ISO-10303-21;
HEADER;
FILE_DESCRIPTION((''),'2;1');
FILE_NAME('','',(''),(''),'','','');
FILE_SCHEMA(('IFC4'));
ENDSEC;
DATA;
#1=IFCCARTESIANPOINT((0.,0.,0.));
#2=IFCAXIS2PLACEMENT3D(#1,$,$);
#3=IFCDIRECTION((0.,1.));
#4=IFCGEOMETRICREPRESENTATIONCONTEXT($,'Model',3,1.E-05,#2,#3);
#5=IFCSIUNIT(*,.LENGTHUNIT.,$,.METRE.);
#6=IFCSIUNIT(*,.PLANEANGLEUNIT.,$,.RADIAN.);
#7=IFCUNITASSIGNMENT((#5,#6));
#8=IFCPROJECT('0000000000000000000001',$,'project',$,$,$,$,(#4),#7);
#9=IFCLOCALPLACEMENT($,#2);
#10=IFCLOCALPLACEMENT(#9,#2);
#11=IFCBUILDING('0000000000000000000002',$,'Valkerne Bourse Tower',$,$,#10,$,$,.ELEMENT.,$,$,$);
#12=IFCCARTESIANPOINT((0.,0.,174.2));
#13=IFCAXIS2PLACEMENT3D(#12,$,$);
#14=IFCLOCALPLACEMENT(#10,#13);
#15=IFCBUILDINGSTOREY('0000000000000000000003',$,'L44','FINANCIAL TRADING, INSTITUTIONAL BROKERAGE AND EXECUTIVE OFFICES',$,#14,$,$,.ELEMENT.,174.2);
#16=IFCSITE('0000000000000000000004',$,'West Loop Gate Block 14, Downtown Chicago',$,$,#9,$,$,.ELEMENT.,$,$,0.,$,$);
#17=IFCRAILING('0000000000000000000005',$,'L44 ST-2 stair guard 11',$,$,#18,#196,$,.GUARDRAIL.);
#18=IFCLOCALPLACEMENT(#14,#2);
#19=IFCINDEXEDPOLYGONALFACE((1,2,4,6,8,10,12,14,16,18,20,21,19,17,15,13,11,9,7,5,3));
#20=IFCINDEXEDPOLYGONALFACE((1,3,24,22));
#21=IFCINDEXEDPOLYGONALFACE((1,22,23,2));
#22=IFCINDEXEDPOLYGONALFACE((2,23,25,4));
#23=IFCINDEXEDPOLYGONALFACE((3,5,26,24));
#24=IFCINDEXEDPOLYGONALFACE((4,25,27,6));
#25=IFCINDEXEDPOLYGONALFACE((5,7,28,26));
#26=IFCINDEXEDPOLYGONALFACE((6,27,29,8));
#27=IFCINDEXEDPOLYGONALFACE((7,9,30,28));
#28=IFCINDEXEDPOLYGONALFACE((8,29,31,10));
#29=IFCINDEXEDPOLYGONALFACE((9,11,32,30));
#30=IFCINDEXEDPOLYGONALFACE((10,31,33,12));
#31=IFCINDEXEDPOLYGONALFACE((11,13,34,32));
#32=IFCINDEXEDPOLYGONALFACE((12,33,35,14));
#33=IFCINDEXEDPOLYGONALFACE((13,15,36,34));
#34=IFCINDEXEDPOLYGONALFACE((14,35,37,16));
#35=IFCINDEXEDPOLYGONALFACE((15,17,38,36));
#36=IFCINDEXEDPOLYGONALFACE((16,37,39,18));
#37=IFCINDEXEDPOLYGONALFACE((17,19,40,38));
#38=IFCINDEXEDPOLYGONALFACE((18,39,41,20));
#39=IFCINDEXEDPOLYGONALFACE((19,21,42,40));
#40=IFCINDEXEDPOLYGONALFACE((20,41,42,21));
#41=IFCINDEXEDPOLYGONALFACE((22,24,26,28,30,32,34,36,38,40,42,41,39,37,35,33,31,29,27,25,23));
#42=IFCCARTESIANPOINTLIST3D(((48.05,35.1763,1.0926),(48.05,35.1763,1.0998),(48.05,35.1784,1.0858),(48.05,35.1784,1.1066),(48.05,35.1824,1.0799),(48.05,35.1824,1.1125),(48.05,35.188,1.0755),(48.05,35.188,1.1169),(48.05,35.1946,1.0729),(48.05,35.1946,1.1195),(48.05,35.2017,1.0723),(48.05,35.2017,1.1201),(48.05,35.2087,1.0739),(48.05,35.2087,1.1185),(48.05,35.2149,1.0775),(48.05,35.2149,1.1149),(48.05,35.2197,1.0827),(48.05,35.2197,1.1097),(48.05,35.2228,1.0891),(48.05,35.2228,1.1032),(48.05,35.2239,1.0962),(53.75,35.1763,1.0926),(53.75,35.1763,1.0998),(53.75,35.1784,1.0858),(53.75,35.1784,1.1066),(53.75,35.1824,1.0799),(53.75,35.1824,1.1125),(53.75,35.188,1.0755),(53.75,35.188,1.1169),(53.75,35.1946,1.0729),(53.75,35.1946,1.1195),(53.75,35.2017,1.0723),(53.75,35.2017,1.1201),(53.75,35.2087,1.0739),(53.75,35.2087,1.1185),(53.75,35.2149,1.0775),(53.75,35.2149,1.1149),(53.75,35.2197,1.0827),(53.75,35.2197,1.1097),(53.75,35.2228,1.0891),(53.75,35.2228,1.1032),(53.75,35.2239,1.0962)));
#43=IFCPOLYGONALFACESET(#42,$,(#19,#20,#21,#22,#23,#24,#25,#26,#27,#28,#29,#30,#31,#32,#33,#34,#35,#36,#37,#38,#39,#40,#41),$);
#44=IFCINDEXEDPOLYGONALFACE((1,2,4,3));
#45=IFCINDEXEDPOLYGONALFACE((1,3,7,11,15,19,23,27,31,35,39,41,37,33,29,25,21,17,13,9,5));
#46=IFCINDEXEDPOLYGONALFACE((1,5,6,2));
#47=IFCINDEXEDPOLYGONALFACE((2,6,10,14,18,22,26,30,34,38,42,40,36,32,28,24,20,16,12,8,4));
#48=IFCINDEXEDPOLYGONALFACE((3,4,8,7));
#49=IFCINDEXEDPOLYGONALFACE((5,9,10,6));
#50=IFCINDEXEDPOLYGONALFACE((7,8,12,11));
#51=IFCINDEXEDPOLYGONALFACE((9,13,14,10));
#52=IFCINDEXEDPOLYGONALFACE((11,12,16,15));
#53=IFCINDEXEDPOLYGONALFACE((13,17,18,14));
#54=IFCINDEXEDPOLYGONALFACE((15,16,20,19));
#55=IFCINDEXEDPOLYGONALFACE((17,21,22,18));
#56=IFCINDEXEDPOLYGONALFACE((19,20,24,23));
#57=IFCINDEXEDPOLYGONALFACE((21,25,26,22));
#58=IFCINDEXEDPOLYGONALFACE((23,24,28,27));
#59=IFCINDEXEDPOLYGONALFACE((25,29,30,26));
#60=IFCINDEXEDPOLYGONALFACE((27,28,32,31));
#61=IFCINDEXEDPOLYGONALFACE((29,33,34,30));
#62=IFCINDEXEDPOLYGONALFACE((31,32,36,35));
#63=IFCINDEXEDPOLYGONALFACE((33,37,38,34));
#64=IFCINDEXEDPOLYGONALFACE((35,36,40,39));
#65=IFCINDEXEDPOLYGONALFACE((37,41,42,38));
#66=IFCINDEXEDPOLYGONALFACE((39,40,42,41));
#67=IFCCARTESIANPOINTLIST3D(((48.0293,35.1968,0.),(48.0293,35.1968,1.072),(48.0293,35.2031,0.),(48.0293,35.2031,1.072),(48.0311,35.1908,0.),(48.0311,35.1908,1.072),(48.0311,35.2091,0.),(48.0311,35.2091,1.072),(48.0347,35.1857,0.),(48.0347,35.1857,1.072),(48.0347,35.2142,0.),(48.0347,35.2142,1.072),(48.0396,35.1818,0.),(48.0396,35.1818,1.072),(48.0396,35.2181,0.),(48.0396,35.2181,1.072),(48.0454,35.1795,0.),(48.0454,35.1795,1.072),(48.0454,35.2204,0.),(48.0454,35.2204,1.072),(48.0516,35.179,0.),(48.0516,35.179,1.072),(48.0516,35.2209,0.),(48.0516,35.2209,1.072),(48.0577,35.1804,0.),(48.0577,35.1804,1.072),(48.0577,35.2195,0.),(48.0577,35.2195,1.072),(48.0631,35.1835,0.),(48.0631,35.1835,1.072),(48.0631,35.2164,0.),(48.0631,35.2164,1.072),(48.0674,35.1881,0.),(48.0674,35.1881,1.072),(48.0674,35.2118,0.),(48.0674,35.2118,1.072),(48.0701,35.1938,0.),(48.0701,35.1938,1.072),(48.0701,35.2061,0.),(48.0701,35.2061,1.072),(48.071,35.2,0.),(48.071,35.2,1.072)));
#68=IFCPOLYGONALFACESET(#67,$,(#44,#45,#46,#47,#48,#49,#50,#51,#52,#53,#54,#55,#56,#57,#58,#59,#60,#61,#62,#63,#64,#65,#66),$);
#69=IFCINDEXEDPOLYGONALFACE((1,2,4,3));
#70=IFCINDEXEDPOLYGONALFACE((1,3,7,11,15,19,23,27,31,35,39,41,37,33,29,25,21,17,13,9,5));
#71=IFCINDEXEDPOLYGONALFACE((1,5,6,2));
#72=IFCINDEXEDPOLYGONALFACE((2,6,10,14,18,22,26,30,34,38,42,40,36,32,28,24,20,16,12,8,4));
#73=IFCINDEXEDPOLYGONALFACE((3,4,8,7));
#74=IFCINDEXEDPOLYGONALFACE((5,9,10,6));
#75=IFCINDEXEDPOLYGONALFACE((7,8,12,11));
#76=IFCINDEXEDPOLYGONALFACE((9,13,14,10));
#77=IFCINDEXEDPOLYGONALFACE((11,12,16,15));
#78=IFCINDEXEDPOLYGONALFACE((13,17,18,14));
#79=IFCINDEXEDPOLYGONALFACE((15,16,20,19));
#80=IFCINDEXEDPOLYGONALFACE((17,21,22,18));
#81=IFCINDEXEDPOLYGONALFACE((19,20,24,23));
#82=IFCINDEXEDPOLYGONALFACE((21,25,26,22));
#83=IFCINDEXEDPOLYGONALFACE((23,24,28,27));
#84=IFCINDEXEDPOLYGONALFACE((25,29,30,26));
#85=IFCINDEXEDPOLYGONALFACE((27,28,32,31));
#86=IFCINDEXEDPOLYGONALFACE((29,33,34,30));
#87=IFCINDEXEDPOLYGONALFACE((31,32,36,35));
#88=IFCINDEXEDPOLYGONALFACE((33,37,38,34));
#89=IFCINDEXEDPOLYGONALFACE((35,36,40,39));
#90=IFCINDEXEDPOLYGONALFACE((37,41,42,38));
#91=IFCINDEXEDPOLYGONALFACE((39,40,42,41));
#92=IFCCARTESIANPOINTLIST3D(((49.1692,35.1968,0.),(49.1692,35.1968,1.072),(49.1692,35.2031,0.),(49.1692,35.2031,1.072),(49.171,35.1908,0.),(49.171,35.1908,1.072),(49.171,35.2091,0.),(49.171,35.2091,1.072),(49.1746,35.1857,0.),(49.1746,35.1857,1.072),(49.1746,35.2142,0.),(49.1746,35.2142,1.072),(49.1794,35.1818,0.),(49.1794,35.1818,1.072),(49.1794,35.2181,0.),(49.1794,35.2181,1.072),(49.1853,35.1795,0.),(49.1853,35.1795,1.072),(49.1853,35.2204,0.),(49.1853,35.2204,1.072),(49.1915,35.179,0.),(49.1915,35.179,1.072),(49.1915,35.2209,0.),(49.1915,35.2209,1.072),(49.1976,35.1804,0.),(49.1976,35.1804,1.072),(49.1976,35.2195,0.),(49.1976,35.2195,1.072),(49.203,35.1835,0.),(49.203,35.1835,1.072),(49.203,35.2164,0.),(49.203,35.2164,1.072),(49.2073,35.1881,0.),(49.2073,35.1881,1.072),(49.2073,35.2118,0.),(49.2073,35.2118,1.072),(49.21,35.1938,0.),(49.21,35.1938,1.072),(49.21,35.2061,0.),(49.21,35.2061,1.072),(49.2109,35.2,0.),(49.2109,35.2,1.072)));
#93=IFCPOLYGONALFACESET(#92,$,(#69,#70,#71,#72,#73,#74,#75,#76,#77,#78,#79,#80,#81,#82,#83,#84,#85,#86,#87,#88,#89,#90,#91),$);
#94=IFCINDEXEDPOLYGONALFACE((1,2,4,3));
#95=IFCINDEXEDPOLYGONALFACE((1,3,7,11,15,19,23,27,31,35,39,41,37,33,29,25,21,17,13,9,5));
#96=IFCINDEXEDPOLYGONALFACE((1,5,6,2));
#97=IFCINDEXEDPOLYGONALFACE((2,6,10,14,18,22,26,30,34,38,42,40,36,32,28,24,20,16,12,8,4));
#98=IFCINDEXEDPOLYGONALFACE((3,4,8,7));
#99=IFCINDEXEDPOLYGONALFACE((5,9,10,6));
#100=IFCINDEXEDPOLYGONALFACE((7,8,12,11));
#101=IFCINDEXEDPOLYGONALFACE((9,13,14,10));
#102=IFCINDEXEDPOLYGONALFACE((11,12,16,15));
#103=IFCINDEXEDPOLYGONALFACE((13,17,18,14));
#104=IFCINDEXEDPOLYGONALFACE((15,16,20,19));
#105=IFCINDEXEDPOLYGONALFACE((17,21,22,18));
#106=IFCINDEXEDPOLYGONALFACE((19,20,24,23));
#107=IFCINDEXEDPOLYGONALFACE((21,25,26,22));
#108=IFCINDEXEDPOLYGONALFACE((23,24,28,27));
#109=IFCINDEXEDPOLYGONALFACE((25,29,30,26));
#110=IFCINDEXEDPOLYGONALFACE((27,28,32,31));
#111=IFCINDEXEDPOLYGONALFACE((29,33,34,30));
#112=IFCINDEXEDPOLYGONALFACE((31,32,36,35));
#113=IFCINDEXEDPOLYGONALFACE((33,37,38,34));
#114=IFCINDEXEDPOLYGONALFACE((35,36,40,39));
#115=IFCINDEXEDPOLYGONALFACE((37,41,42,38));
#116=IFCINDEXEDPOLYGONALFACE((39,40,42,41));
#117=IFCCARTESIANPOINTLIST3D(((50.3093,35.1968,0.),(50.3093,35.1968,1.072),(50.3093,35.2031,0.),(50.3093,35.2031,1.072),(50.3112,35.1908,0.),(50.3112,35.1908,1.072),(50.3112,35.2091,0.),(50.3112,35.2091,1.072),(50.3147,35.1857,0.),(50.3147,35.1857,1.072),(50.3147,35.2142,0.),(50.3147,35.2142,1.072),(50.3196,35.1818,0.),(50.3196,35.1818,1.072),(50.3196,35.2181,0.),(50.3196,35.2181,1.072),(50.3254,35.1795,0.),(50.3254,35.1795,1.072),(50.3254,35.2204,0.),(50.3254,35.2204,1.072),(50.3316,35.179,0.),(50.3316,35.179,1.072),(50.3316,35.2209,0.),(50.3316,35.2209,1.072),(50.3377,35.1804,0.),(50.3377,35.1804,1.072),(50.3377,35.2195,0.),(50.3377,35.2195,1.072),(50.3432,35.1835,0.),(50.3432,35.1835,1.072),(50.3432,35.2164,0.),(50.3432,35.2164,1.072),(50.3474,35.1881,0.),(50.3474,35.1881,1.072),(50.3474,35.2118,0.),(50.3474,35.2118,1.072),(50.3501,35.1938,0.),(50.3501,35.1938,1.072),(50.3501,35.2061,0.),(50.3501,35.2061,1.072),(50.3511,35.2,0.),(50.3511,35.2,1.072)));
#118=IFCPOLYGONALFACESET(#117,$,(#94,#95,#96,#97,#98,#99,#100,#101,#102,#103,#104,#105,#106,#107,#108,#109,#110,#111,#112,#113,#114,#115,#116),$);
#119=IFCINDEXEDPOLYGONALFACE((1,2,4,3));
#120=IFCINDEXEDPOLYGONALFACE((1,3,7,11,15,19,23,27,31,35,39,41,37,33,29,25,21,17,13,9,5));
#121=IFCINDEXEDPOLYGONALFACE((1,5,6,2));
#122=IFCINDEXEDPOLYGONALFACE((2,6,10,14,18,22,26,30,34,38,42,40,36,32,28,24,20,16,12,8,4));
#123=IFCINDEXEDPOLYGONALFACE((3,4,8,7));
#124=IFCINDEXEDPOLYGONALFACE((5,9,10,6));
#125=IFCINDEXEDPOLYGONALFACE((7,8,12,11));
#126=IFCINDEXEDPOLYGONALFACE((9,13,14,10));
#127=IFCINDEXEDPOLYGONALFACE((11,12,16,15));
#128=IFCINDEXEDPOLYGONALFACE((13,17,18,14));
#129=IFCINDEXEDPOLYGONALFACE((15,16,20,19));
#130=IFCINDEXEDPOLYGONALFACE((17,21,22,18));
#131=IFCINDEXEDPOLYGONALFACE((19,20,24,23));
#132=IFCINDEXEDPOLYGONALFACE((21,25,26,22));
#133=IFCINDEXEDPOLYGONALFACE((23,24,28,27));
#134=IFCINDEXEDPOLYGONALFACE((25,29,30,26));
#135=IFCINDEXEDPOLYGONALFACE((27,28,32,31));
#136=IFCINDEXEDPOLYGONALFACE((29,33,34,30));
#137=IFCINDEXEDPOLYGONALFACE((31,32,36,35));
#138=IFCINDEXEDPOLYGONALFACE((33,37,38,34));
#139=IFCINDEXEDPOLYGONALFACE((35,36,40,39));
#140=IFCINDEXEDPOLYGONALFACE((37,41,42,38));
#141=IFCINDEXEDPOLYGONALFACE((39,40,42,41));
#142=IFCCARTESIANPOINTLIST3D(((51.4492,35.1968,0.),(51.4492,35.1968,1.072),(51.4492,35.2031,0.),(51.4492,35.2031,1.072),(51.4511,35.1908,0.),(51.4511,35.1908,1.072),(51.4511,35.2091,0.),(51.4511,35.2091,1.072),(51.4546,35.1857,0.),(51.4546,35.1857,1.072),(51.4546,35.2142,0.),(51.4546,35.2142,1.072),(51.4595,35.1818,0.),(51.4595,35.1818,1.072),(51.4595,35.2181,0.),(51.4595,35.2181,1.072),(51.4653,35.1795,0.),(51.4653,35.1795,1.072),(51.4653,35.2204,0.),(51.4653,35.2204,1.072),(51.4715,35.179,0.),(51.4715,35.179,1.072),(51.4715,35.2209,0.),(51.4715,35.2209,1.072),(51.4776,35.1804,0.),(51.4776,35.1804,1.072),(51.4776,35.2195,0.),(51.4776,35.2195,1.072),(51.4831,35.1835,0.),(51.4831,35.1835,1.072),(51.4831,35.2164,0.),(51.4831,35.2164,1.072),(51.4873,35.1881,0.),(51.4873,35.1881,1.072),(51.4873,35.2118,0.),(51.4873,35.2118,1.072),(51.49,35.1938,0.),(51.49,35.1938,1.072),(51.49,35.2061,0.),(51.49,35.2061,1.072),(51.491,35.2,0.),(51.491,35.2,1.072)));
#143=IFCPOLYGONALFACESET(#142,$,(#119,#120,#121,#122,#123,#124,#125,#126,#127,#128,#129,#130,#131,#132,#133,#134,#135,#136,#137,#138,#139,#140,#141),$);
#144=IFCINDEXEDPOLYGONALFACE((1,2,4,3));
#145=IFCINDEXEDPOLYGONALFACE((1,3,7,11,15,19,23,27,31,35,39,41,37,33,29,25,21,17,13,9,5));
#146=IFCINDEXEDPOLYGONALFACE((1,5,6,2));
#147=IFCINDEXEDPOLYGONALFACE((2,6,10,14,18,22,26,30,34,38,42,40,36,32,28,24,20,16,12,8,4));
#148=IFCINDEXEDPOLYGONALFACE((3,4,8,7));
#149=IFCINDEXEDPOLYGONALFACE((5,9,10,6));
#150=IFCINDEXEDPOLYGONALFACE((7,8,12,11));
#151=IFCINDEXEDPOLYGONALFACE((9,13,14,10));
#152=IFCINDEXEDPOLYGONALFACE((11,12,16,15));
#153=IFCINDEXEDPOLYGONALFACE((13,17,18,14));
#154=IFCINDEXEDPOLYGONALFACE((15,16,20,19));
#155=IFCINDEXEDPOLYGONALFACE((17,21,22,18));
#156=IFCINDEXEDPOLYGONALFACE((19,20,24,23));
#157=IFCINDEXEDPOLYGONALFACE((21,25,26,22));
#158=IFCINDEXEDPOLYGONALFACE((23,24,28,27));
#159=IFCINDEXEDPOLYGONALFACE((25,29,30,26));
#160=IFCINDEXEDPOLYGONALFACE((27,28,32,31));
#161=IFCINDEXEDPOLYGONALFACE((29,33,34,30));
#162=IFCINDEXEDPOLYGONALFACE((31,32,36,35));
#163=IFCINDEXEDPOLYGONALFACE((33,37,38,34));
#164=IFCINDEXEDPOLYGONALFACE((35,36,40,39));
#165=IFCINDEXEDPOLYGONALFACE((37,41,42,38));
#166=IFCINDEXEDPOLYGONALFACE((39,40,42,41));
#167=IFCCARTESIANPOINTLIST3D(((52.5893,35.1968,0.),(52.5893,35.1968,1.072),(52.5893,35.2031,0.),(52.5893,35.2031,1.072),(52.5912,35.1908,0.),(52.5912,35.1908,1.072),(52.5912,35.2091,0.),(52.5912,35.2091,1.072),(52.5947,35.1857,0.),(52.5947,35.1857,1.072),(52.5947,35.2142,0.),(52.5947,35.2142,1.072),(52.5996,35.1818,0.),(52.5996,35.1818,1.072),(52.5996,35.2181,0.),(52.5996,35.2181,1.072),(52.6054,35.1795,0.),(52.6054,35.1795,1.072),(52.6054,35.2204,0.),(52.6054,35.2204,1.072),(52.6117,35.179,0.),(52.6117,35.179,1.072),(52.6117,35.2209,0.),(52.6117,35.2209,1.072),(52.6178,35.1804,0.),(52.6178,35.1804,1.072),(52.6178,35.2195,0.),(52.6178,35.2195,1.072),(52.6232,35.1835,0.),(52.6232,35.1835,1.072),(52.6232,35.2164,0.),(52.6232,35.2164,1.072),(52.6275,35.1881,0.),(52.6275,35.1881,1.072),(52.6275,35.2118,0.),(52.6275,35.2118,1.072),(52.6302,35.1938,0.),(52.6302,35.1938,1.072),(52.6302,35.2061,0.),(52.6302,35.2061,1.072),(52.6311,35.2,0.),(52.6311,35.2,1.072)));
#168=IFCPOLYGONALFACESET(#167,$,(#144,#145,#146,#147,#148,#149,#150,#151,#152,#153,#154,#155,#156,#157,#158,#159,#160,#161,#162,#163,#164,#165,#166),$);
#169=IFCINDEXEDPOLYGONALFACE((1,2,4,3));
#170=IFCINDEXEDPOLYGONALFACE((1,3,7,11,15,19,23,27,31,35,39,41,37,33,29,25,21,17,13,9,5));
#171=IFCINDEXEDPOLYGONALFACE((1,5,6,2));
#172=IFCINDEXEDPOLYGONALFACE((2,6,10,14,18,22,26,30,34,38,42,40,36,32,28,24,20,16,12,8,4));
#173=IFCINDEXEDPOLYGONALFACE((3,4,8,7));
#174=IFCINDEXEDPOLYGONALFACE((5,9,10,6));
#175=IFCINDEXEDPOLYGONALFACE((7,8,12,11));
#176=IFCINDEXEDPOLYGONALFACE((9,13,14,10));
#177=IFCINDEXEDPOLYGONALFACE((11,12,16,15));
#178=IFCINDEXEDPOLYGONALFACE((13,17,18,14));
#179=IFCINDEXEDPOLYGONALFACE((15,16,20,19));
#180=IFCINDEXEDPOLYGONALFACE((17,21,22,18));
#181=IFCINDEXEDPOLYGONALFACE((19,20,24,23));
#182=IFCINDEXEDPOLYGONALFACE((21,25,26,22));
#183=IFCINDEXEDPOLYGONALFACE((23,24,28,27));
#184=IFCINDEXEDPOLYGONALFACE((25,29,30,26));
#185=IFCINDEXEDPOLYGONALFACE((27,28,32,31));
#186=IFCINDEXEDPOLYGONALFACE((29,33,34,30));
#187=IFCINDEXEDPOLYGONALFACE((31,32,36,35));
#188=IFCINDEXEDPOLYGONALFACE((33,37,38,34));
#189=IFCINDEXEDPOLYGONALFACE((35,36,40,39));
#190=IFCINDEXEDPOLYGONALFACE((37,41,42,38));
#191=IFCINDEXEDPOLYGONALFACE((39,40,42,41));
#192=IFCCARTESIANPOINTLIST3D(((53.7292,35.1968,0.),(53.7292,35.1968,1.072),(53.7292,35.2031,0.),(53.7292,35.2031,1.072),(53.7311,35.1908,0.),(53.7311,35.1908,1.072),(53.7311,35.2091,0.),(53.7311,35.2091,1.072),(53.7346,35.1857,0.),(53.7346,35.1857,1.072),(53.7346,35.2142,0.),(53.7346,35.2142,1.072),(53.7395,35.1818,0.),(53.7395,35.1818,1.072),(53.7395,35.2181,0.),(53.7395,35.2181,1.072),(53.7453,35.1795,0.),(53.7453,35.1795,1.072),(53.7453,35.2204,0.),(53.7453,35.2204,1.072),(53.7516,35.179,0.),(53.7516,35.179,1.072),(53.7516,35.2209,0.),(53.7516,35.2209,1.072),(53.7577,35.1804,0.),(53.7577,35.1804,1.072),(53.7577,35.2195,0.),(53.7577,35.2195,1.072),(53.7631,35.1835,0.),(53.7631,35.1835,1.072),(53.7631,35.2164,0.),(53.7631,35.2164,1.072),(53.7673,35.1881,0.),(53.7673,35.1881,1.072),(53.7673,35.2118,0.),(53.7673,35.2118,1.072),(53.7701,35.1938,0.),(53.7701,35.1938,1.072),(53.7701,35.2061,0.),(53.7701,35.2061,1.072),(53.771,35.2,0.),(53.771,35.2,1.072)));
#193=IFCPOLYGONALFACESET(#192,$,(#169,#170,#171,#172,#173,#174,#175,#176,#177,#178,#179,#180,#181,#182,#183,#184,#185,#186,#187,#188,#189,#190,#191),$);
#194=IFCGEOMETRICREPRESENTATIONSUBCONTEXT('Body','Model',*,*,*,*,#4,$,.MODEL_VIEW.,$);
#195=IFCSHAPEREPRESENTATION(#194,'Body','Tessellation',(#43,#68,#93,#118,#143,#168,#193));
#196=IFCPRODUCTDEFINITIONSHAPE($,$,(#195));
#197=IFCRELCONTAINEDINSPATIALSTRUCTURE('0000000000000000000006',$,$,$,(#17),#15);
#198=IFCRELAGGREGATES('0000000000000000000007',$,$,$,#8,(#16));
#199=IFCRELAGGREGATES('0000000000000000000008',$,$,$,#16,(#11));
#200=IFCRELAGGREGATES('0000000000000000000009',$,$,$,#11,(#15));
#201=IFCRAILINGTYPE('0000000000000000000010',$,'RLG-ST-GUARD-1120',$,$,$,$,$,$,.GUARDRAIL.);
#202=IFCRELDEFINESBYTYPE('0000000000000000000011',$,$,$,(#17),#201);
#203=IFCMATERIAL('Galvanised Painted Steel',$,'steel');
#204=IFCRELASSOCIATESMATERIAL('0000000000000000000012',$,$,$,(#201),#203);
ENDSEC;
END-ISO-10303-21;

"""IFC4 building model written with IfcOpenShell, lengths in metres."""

from ifc_helpers import new_model, si_unit, direction, frame, origin, origin_2d, place, context, subcontext, project, spatial, circle, extrude, material, type_object, element, save


model = new_model("IFC4")

# Units and contexts
model_context = context("Model", 3, precision=1e-05, world=origin(), true_north=direction((0.0, 1.0)))
body_context = subcontext(model_context, "Body", "Model", "MODEL_VIEW")
ifc_project = project(units=[si_unit("LENGTHUNIT", "METRE"), si_unit("PLANEANGLEUNIT", "RADIAN")], contexts=[model_context])

# Site, building, storey
site_placement = place(None, origin())
site = spatial("IfcSite", under=ifc_project, at=site_placement, Name="West Loop Gate Block 14, Downtown Chicago", CompositionType="ELEMENT", RefElevation=0.0)
building_placement = place(site_placement, origin())
building = spatial("IfcBuilding", under=site, at=building_placement, Name="Valkerne Bourse Tower", CompositionType="ELEMENT")
storey_placement = place(building_placement, frame((0.0, 0.0, 174.2)))
storey = spatial("IfcBuildingStorey", under=building, at=storey_placement, Name="L44", Description="FINANCIAL TRADING, INSTITUTIONAL BROKERAGE AND EXECUTIVE OFFICES", CompositionType="ELEMENT", Elevation=174.2)

# Shared definitions
ifc_material_1 = material(Name="Galvanised Painted Steel", Category="steel")

# Railing
railing_type_1 = type_object("IfcRailingType", Name="RLG-ST-GUARD-1120", PredefinedType="GUARDRAIL", material=ifc_material_1)
for number, where, name in (
    (1, (48.05, 35.2, 0.0), "L44 ST-2 stair guard 11"),
):
    element("IfcRailing", number, at=place(storey_placement, frame(where)), inside=storey, type_object=railing_type_1, Name=name, PredefinedType="GUARDRAIL", context=body_context, shape_type="SweptSolid", body=[
        extrude(circle(Radius=0.0239, at=origin_2d()), frame((0.0, 0.0, 1.0962), z_axis=(1.0, 0.0, 0.0), x_axis=(0.0, 1.0, 0.0)), (0.0, 0.0, 1.0), 5.7),
        extrude(circle(Radius=0.021, at=origin_2d()), origin(), (0.0, 0.0, 1.0), 1.072),
        extrude(circle(Radius=0.021, at=origin_2d()), frame((1.1399, 0.0, 0.0)), (0.0, 0.0, 1.0), 1.072),
        extrude(circle(Radius=0.021, at=origin_2d()), frame((2.28, 0.0, 0.0)), (0.0, 0.0, 1.0), 1.072),
        extrude(circle(Radius=0.021, at=origin_2d()), frame((3.4199, 0.0, 0.0)), (0.0, 0.0, 1.0), 1.072),
        extrude(circle(Radius=0.021, at=origin_2d()), frame((4.5601, 0.0, 0.0)), (0.0, 0.0, 1.0), 1.072),
        extrude(circle(Radius=0.021, at=origin_2d()), frame((5.7, 0.0, 0.0)), (0.0, 0.0, 1.0), 1.072),
    ])

save(model, "model.ifc")
